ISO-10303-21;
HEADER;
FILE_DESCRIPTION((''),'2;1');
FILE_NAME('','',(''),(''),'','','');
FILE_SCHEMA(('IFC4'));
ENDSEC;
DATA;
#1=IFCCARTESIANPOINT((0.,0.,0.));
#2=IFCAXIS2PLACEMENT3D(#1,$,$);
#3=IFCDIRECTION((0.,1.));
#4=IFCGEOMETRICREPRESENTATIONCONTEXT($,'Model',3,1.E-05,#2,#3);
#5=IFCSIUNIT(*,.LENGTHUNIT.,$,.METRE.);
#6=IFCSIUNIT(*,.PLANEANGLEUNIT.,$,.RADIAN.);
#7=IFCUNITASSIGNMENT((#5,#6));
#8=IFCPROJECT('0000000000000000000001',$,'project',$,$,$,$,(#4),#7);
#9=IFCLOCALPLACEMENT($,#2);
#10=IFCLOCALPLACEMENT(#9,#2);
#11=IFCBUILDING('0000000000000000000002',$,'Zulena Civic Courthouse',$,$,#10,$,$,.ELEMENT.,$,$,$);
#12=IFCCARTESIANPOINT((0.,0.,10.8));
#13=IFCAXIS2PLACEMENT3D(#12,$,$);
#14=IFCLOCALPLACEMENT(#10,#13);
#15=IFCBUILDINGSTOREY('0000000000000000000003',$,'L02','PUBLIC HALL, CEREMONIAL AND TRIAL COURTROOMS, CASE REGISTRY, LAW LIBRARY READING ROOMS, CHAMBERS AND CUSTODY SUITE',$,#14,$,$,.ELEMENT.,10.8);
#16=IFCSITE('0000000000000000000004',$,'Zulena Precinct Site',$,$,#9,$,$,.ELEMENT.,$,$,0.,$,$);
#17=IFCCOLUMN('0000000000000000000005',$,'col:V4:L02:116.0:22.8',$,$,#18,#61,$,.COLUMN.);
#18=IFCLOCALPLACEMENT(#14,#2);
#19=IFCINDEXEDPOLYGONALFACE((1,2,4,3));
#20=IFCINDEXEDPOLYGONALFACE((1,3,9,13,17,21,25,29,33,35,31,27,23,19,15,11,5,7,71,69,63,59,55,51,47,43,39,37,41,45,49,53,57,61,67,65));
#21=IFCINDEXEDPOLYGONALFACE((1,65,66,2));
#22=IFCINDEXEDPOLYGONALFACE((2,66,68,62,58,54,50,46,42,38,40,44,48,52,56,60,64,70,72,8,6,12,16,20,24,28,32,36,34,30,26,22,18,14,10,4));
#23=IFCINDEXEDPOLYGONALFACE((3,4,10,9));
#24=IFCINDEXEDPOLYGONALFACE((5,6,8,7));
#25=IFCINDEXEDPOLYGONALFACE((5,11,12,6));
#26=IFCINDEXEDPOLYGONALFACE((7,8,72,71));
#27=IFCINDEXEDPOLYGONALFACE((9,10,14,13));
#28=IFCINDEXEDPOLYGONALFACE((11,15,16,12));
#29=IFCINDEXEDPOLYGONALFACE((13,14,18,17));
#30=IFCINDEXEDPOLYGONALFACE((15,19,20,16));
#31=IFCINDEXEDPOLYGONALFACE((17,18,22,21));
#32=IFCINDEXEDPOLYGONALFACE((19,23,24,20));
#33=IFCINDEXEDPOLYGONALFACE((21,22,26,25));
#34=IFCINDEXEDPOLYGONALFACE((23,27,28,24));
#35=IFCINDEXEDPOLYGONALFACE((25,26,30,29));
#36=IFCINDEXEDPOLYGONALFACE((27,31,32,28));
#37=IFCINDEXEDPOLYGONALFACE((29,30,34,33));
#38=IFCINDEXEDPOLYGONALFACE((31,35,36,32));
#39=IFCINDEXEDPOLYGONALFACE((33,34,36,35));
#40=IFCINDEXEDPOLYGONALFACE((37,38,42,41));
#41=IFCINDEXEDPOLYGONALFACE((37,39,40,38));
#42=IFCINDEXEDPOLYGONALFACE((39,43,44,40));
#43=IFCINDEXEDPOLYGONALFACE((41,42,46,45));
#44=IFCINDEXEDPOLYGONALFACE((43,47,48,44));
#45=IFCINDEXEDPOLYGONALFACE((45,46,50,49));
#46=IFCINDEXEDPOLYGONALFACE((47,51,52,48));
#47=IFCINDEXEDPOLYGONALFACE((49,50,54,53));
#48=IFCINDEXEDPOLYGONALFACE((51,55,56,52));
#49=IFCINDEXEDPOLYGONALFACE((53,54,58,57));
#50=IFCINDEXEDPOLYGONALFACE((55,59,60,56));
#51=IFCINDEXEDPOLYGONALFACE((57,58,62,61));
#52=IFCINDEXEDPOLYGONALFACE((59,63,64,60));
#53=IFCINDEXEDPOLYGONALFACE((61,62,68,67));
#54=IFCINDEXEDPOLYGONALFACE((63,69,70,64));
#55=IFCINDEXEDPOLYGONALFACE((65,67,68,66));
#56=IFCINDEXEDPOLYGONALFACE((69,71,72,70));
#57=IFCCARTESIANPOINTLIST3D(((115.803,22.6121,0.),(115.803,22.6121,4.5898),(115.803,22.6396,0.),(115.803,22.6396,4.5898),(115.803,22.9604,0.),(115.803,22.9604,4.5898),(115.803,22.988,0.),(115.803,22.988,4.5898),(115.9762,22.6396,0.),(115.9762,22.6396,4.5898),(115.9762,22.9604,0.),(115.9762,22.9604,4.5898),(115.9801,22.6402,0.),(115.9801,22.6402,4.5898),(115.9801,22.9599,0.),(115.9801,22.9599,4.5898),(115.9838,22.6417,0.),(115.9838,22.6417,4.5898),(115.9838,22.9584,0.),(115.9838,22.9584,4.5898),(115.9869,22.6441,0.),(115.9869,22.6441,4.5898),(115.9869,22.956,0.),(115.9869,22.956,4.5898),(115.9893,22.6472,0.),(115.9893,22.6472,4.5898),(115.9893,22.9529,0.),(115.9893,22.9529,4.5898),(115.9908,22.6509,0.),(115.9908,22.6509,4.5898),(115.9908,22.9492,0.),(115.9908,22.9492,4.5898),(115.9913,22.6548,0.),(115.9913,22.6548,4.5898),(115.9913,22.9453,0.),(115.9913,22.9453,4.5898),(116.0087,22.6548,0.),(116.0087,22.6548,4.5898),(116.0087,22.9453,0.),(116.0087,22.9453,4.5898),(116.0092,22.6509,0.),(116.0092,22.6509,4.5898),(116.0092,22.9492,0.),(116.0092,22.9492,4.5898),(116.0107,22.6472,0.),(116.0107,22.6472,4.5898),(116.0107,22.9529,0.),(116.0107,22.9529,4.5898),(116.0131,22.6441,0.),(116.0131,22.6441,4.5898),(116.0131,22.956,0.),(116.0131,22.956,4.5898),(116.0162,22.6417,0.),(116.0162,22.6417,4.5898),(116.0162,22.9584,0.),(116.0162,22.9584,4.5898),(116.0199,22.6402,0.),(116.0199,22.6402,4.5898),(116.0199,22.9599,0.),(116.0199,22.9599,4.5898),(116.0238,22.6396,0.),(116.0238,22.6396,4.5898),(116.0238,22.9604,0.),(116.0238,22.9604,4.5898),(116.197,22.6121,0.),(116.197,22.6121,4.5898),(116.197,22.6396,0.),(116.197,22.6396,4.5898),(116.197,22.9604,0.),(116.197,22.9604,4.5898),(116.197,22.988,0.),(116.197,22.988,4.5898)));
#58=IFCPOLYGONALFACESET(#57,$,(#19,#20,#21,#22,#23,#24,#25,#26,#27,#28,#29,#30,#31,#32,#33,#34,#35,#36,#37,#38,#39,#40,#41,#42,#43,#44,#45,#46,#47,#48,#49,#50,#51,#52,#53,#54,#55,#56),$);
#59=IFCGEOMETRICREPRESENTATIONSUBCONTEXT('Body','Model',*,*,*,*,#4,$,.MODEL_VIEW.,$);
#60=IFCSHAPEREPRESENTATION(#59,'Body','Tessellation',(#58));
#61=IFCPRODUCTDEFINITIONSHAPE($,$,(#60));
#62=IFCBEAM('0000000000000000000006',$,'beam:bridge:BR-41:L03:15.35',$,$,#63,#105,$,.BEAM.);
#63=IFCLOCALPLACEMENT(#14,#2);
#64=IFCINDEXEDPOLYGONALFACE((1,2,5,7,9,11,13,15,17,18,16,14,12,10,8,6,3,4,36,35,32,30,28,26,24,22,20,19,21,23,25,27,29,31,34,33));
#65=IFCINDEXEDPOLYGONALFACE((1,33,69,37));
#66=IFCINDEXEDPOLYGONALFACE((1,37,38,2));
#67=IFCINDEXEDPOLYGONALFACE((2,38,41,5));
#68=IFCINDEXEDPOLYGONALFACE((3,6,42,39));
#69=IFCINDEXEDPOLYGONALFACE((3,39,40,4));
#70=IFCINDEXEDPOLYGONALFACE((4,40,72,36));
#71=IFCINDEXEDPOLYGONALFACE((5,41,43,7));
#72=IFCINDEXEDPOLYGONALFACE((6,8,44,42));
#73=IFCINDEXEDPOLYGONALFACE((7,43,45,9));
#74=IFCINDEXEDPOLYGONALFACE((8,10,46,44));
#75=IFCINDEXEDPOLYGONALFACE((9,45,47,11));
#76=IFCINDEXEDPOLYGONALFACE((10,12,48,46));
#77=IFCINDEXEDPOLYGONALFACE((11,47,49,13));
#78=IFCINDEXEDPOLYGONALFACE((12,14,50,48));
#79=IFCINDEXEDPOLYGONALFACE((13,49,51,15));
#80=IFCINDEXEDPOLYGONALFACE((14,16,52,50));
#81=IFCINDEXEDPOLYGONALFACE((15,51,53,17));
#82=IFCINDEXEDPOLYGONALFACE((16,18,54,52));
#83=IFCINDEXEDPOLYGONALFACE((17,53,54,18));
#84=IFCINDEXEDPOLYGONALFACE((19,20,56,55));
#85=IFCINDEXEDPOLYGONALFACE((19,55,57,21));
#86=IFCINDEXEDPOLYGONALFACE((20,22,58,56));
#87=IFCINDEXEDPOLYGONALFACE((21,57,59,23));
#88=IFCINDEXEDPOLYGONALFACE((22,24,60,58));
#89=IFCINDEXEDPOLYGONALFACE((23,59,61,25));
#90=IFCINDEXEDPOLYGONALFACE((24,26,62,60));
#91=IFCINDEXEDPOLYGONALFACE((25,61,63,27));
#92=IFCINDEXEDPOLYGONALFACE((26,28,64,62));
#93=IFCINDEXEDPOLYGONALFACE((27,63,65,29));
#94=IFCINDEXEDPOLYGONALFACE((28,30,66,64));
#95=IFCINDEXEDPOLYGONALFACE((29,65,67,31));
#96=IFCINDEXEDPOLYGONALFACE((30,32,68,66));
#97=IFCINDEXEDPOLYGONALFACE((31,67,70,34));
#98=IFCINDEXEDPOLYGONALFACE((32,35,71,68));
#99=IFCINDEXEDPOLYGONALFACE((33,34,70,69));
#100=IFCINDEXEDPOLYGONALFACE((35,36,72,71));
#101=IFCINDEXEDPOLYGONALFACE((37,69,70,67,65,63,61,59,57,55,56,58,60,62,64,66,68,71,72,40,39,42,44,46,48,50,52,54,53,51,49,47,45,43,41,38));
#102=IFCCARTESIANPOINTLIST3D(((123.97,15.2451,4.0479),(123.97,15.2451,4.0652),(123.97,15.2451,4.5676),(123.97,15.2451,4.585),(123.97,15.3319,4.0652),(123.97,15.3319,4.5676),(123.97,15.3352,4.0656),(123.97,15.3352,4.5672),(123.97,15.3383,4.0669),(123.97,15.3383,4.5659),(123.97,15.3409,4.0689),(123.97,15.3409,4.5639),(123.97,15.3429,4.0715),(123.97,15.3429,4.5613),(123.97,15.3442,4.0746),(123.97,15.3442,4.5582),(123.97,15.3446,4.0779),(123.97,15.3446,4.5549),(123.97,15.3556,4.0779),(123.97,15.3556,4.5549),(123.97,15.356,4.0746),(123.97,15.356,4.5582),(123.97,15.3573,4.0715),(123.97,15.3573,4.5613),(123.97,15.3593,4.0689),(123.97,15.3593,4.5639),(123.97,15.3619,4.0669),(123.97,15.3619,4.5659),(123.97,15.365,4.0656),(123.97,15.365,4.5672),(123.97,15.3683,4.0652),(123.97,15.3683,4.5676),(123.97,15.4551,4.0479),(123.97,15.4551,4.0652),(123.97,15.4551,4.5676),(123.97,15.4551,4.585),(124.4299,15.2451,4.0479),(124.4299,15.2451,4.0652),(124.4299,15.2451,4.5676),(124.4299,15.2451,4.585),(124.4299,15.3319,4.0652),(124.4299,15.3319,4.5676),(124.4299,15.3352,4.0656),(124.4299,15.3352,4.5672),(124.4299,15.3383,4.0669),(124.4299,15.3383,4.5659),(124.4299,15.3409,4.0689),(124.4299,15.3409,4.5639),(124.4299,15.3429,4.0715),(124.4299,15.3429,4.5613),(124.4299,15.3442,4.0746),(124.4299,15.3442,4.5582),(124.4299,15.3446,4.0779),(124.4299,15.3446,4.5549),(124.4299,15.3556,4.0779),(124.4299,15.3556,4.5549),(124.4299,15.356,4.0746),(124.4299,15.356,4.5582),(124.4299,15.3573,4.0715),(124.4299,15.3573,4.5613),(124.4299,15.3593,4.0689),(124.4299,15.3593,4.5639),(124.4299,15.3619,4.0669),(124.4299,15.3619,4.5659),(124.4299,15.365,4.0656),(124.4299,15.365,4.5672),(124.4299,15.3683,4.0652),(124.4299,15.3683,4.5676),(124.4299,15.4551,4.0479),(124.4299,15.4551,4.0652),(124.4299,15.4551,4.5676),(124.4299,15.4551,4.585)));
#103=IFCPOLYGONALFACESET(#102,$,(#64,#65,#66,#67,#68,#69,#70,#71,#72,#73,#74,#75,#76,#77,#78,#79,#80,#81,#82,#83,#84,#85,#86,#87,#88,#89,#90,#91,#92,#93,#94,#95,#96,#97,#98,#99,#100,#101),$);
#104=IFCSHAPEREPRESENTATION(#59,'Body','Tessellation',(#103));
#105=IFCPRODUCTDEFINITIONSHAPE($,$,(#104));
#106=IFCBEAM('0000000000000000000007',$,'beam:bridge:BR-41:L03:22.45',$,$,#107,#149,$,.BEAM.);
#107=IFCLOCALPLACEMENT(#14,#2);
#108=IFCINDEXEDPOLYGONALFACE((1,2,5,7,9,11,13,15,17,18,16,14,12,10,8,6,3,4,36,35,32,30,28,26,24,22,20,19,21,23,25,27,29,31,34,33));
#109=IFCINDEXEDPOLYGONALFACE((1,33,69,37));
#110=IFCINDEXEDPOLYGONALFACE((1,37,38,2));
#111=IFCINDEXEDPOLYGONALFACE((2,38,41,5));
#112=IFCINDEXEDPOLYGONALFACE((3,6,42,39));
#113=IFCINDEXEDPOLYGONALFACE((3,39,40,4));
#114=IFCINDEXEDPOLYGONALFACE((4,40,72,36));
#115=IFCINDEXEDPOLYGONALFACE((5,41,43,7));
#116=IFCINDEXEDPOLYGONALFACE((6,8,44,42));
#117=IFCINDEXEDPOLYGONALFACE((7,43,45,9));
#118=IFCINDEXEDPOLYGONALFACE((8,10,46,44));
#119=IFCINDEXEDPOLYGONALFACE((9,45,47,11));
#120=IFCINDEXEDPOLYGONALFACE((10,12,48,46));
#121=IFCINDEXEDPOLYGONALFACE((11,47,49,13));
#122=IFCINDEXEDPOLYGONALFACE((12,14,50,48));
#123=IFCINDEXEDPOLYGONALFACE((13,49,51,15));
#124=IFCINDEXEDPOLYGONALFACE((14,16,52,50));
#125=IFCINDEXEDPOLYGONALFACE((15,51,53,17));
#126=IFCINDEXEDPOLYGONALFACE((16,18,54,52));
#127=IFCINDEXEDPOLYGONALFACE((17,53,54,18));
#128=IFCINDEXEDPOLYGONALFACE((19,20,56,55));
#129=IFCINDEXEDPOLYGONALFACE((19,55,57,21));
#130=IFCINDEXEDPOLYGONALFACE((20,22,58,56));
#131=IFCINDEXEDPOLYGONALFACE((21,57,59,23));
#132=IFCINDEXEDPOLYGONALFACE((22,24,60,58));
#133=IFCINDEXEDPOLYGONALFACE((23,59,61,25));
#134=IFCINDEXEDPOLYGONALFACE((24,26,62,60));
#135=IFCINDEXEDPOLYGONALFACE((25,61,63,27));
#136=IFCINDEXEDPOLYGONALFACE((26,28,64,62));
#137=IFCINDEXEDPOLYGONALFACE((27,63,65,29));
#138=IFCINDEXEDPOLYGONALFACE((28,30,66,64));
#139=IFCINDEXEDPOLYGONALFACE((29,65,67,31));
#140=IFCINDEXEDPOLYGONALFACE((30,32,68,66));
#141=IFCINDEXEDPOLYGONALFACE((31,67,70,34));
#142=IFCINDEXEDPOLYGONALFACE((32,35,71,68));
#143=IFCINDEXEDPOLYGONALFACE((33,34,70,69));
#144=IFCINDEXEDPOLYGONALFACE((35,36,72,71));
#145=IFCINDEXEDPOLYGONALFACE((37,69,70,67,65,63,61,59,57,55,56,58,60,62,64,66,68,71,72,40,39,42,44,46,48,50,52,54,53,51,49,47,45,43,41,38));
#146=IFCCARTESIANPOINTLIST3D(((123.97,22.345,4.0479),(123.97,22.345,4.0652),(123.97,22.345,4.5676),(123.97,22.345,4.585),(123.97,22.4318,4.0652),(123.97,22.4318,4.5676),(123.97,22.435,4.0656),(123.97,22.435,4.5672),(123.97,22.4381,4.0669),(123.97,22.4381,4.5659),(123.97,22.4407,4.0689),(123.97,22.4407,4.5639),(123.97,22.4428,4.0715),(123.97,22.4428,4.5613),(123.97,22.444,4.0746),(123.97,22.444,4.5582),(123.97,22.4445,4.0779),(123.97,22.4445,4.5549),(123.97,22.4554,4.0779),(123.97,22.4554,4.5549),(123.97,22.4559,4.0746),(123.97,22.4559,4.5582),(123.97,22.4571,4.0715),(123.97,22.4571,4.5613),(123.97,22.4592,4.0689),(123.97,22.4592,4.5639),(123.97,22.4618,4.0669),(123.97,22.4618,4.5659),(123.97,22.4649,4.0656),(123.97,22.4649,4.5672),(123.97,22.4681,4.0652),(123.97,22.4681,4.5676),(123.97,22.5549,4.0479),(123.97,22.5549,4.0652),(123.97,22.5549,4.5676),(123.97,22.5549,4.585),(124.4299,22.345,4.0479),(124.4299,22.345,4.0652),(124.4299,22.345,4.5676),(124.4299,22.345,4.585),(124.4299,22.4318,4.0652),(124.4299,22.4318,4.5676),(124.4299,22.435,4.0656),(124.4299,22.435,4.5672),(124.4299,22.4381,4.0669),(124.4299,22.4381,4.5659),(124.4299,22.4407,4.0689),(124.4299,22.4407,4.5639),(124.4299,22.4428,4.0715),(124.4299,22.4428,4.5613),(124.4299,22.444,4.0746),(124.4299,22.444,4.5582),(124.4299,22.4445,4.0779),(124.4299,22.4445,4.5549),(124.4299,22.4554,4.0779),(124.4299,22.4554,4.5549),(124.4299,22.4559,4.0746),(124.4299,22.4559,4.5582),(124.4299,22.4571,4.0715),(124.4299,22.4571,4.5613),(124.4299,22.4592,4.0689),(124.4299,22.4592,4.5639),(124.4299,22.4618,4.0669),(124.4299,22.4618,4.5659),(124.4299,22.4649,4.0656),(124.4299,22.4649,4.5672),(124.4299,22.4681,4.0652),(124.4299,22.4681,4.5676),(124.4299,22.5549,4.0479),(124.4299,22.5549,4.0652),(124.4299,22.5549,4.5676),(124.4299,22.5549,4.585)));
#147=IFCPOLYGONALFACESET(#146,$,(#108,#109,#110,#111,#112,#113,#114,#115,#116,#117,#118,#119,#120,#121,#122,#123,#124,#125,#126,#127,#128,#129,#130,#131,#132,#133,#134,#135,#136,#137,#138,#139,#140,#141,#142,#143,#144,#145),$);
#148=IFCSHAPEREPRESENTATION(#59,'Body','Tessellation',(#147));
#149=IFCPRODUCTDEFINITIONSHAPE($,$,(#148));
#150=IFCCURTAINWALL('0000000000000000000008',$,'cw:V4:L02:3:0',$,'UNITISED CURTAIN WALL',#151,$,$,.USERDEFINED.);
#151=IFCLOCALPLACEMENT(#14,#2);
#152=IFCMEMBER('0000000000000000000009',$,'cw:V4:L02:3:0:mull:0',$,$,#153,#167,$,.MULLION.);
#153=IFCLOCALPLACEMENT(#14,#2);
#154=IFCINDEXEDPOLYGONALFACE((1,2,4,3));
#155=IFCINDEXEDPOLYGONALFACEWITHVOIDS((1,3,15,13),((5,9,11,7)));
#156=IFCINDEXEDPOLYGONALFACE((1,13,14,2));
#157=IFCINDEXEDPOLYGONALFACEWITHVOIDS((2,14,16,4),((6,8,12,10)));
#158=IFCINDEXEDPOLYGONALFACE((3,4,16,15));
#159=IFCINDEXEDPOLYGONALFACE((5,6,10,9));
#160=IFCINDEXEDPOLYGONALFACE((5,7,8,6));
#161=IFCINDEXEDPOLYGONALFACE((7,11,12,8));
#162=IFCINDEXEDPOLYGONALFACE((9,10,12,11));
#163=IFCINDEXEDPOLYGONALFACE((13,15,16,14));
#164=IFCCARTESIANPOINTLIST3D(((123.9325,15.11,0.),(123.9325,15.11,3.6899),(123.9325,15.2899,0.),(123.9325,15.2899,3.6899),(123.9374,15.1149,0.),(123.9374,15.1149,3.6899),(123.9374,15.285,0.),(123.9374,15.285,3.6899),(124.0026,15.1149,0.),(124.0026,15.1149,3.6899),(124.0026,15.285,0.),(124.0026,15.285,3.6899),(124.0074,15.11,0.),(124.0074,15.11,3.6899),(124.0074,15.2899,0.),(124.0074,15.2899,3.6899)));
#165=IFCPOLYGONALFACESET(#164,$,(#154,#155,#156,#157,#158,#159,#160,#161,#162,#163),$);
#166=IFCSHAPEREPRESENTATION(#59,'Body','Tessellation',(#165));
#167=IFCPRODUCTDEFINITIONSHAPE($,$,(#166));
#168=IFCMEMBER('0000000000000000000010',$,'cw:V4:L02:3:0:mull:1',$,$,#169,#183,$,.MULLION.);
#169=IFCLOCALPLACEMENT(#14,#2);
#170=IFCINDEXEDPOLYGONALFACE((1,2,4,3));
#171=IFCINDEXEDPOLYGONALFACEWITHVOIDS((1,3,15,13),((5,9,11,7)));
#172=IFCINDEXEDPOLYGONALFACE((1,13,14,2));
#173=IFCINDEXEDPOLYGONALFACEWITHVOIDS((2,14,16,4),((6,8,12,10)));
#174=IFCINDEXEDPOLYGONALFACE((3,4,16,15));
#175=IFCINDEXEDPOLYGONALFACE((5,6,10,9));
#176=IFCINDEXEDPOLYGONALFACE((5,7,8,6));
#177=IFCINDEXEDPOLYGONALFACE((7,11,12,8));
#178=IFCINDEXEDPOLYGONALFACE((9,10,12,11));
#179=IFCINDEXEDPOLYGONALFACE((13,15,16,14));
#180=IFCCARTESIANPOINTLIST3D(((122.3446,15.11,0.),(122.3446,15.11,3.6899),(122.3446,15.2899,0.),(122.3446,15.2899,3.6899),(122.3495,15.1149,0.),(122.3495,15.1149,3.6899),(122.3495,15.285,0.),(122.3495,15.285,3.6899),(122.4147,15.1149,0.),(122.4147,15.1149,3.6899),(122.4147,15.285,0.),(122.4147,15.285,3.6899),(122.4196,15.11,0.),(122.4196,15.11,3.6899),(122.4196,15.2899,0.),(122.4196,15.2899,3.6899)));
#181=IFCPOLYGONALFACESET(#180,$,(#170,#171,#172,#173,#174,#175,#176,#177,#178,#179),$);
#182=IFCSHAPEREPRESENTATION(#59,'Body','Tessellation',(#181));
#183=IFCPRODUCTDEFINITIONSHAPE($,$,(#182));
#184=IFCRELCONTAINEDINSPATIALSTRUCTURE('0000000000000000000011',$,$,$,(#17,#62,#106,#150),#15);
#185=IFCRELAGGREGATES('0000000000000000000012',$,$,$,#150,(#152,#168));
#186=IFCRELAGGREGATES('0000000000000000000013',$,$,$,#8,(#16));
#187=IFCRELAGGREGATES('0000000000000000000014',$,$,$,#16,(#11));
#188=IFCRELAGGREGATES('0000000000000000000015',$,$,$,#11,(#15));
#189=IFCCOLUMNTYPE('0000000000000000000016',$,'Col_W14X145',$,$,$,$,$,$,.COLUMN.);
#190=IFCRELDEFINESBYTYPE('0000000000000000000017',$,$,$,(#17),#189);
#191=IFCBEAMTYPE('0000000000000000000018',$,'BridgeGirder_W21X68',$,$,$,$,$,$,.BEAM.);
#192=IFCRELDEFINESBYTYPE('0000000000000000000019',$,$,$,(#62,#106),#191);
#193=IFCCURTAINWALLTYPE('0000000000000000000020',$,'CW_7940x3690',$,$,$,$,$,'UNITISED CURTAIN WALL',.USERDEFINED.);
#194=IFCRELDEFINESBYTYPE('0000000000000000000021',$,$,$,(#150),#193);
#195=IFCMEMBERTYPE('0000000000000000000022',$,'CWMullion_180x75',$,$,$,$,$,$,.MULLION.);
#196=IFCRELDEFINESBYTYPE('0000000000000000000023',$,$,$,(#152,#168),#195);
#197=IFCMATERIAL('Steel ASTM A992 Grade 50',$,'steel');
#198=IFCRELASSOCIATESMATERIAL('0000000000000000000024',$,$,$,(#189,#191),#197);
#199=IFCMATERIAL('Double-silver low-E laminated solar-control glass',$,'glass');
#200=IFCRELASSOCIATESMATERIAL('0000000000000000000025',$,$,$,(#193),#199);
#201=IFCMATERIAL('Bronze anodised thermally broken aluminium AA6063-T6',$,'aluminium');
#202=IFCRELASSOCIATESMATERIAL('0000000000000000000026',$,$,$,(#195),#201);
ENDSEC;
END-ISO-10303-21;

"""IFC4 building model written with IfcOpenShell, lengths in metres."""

from ifc_helpers import new_model, si_unit, direction, frame, origin, origin_2d, place, context, subcontext, project, spatial, hollow_rectangle, i_section, extrude, material, material_profile, profile_set, type_object, element, aggregate, save


model = new_model("IFC4")

# Units and contexts
model_context = context("Model", 3, precision=1e-05, world=origin(), true_north=direction((0.0, 1.0)))
body_context = subcontext(model_context, "Body", "Model", "MODEL_VIEW")
ifc_project = project(units=[si_unit("LENGTHUNIT", "METRE"), si_unit("PLANEANGLEUNIT", "RADIAN")], contexts=[model_context])

# Site, building, storey
site_placement = place(None, origin())
site = spatial("IfcSite", under=ifc_project, at=site_placement, Name="Zulena Precinct Site", CompositionType="ELEMENT", RefElevation=0.0)
building_placement = place(site_placement, origin())
building = spatial("IfcBuilding", under=site, at=building_placement, Name="Zulena Civic Courthouse", CompositionType="ELEMENT")
storey_placement = place(building_placement, frame((0.0, 0.0, 10.8)))
storey = spatial("IfcBuildingStorey", under=building, at=storey_placement, Name="L02", Description="PUBLIC HALL, CEREMONIAL AND TRIAL COURTROOMS, CASE REGISTRY, LAW LIBRARY READING ROOMS, CHAMBERS AND CUSTODY SUITE", CompositionType="ELEMENT", Elevation=10.8)

# Column
ifc_material_1 = material(Name="Steel ASTM A992 Grade 50", Category="steel")
ifc_material_profile_1 = material_profile(ifc_material_1, i_section(OverallWidth=0.394, OverallDepth=0.376, WebThickness=0.0173, FlangeThickness=0.0276, FilletRadius=0.0151, at=origin_2d()), Name="W14X145")
ifc_profile_set_1 = profile_set([ifc_material_profile_1], Name="Steel ASTM A992 Grade 50")
column_type_1 = type_object("IfcColumnType", Name="Col_W14X145", PredefinedType="COLUMN", material=ifc_profile_set_1)
column_placement = place(storey_placement, frame((116.0, 22.8, 0.0), z_axis=(0.0, 0.0, 1.0), x_axis=(1.0, 0.0, 0.0)))
element("IfcColumn", 1, at=column_placement, inside=storey, type_object=column_type_1, Name="col:V4:L02:116.0:22.8", PredefinedType="COLUMN", context=body_context, shape_type="SweptSolid", body=[
    extrude(i_section(OverallWidth=0.394, OverallDepth=0.376, WebThickness=0.0173, FlangeThickness=0.0276, FilletRadius=0.0151, at=origin_2d()), origin(), (0.0, 0.0, 1.0), 4.5898),
])

# Beams
ifc_material_profile_2 = material_profile(ifc_material_1, i_section(OverallWidth=0.21, OverallDepth=0.5371, WebThickness=0.011, FlangeThickness=0.0173, FilletRadius=0.0127, at=origin_2d()), Name="W21X68")
ifc_profile_set_2 = profile_set([ifc_material_profile_2], Name="Steel ASTM A992 Grade 50")
beam_type_1 = type_object("IfcBeamType", Name="BridgeGirder_W21X68", PredefinedType="BEAM", material=ifc_profile_set_2)
for number, where, z_axis, x_axis, name in (
    (2, (123.97, 15.3501, 4.3164), (1.0, 0.0, 0.0), (0.0, 1.0, 0.0), "beam:bridge:BR-41:L03:15.35"),
    (3, (123.97, 22.45, 4.3164), (1.0, 0.0, 0.0), (0.0, 1.0, 0.0), "beam:bridge:BR-41:L03:22.45"),
):
    element("IfcBeam", number, at=place(storey_placement, frame(where, z_axis=z_axis, x_axis=x_axis)), inside=storey, type_object=beam_type_1, Name=name, PredefinedType="BEAM", context=body_context, shape_type="SweptSolid", body=[
        extrude(i_section(OverallWidth=0.21, OverallDepth=0.5371, WebThickness=0.011, FlangeThickness=0.0173, FilletRadius=0.0127, at=origin_2d()), origin(), (0.0, 0.0, 1.0), 0.46),
    ])

# Curtain wall, members
ifc_material_2 = material(Name="Double-silver low-E laminated solar-control glass", Category="glass")
curtain_wall_type = type_object("IfcCurtainWallType", Name="CW_7940x3690", ElementType="UNITISED CURTAIN WALL", PredefinedType="USERDEFINED", material=ifc_material_2)
curtain_wall_placement = place(storey_placement, origin())
curtain_wall = element("IfcCurtainWall", 4, at=curtain_wall_placement, inside=storey, type_object=curtain_wall_type, Name="cw:V4:L02:3:0", ObjectType="UNITISED CURTAIN WALL", PredefinedType="USERDEFINED")
ifc_material_3 = material(Name="Bronze anodised thermally broken aluminium AA6063-T6", Category="aluminium")
ifc_material_profile_3 = material_profile(ifc_material_3, hollow_rectangle(XDim=0.075, YDim=0.1799, WallThickness=0.0049, at=origin_2d()), Name="CWM180X75X5")
ifc_profile_set_3 = profile_set([ifc_material_profile_3], Name="Bronze anodised thermally broken aluminium AA6063-T6")
member_type_1 = type_object("IfcMemberType", Name="CWMullion_180x75", PredefinedType="MULLION", material=ifc_profile_set_3)
member_1_placement = place(storey_placement, frame((123.97, 15.2, 0.0), z_axis=(0.0, 0.0, 1.0), x_axis=(1.0, 0.0, 0.0)))
member_1 = element("IfcMember", 5, at=member_1_placement, type_object=member_type_1, Name="cw:V4:L02:3:0:mull:0", PredefinedType="MULLION", context=body_context, shape_type="SweptSolid", body=[
    extrude(hollow_rectangle(XDim=0.075, YDim=0.1799, WallThickness=0.0049, at=origin_2d()), origin(), (0.0, 0.0, 1.0), 3.6899),
])
member_2_placement = place(storey_placement, frame((122.3821, 15.2, 0.0), z_axis=(0.0, 0.0, 1.0), x_axis=(1.0, 0.0, 0.0)))
member_2 = element("IfcMember", 6, at=member_2_placement, type_object=member_type_1, Name="cw:V4:L02:3:0:mull:1", PredefinedType="MULLION", context=body_context, shape_type="SweptSolid", body=[
    extrude(hollow_rectangle(XDim=0.075, YDim=0.1799, WallThickness=0.0049, at=origin_2d()), origin(), (0.0, 0.0, 1.0), 3.6899),
])

aggregate(curtain_wall, [member_1, member_2])

save(model, "model.ifc")
